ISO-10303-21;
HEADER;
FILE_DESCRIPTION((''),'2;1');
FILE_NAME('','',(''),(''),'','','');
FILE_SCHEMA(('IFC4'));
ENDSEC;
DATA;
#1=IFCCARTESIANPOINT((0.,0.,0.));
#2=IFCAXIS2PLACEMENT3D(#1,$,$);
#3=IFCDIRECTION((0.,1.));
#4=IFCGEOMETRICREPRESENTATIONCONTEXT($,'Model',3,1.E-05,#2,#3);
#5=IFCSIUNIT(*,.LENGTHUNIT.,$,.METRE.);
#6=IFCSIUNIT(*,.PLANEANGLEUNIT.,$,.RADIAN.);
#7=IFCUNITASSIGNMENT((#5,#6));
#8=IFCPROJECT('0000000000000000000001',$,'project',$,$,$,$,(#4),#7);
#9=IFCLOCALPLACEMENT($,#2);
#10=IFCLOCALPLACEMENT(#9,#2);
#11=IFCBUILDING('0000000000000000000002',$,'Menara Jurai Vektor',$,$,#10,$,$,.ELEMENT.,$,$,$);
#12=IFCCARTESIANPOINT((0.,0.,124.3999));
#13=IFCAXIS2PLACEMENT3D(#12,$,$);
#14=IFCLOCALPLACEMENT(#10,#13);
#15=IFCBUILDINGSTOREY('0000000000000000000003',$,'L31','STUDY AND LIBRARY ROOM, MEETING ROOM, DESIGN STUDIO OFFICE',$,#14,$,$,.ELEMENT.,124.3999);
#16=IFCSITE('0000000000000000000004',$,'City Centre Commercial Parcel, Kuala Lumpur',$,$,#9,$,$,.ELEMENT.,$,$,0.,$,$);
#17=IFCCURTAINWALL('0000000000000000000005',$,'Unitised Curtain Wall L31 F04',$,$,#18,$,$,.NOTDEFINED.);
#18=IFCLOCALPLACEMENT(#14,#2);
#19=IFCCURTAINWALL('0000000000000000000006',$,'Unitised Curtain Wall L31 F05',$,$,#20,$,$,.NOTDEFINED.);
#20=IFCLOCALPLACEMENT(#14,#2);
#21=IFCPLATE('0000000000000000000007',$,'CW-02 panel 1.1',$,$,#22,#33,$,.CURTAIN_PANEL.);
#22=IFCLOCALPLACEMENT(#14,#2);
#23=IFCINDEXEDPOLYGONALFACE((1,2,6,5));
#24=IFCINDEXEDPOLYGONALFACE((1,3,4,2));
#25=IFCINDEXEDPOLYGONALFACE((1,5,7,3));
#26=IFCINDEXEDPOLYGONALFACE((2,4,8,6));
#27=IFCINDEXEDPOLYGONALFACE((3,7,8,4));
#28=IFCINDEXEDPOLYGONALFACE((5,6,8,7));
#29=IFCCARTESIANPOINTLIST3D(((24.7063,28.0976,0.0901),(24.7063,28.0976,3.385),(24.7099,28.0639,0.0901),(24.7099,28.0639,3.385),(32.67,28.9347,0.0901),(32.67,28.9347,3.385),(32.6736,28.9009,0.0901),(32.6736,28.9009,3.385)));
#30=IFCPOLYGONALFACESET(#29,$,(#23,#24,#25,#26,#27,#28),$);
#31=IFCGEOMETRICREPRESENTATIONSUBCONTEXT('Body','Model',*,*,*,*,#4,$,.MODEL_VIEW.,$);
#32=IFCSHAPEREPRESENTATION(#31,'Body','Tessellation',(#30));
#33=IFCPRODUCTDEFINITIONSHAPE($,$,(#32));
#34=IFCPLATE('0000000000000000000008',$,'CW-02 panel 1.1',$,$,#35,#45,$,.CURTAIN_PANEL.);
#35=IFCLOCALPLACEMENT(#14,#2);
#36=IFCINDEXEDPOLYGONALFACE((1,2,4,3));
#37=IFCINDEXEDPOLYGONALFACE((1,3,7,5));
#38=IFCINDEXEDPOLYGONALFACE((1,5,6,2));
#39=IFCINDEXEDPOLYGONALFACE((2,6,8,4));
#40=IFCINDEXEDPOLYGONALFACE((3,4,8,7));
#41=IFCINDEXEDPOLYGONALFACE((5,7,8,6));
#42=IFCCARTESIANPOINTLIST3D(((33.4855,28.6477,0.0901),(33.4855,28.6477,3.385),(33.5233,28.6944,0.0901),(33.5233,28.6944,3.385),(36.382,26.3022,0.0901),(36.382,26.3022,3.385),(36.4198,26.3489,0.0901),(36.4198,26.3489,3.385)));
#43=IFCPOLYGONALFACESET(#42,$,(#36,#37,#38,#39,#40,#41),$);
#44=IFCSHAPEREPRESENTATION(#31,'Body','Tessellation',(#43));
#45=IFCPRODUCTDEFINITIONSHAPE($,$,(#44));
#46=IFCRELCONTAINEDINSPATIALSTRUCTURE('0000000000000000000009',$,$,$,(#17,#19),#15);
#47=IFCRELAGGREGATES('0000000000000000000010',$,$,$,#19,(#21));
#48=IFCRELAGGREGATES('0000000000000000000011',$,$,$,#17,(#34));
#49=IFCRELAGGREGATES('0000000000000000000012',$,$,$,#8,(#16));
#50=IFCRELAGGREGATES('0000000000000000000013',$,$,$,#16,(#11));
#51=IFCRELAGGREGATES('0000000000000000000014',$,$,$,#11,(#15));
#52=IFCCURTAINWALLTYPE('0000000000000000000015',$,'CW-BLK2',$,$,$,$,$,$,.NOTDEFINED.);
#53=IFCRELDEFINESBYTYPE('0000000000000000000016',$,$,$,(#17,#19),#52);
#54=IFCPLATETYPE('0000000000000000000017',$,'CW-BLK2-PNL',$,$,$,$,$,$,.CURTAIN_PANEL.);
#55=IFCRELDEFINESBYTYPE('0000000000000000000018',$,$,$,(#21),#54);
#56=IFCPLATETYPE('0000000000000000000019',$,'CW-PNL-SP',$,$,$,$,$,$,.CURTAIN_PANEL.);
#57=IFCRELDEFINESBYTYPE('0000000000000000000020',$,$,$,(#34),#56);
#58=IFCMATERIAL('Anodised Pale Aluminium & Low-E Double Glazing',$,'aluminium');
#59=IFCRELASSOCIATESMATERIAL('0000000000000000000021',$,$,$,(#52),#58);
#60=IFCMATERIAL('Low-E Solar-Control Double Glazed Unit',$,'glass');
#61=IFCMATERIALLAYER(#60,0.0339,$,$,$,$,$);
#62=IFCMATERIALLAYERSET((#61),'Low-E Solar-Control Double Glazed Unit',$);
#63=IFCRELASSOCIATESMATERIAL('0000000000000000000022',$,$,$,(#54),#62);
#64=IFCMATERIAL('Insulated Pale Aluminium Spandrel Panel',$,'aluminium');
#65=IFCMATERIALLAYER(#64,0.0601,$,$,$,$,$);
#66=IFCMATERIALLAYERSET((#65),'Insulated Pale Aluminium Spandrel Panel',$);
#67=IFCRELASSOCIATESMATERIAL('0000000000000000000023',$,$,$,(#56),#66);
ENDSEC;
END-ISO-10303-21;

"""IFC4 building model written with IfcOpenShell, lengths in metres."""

from ifc_helpers import new_model, si_unit, direction, frame, origin, origin_2d, place, context, subcontext, project, spatial, rectangle, extrude, material, layer, layer_set, type_object, element, aggregate, save


model = new_model("IFC4")

# Units and contexts
model_context = context("Model", 3, precision=1e-05, world=origin(), true_north=direction((0.0, 1.0)))
body_context = subcontext(model_context, "Body", "Model", "MODEL_VIEW")
ifc_project = project(units=[si_unit("LENGTHUNIT", "METRE"), si_unit("PLANEANGLEUNIT", "RADIAN")], contexts=[model_context])

# Site, building, storey
site_placement = place(None, origin())
site = spatial("IfcSite", under=ifc_project, at=site_placement, Name="City Centre Commercial Parcel, Kuala Lumpur", CompositionType="ELEMENT", RefElevation=0.0)
building_placement = place(site_placement, origin())
building = spatial("IfcBuilding", under=site, at=building_placement, Name="Menara Jurai Vektor", CompositionType="ELEMENT")
storey_placement = place(building_placement, frame((0.0, 0.0, 124.3999)))
storey = spatial("IfcBuildingStorey", under=building, at=storey_placement, Name="L31", Description="STUDY AND LIBRARY ROOM, MEETING ROOM, DESIGN STUDIO OFFICE", CompositionType="ELEMENT", Elevation=124.3999)

# Shared definitions
ifc_material_1 = material(Name="Anodised Pale Aluminium & Low-E Double Glazing", Category="aluminium")
curtain_wall_type = type_object("IfcCurtainWallType", Name="CW-BLK2", PredefinedType="NOTDEFINED", material=ifc_material_1)

# Curtain walls
curtain_wall_1_placement = place(storey_placement, origin())
curtain_wall_1 = element("IfcCurtainWall", 1, at=curtain_wall_1_placement, inside=storey, type_object=curtain_wall_type, Name="Unitised Curtain Wall L31 F04", PredefinedType="NOTDEFINED")
curtain_wall_2_placement = place(storey_placement, origin())
curtain_wall_2 = element("IfcCurtainWall", 2, at=curtain_wall_2_placement, inside=storey, type_object=curtain_wall_type, Name="Unitised Curtain Wall L31 F05", PredefinedType="NOTDEFINED")

# Plates
ifc_material_2 = material(Name="Low-E Solar-Control Double Glazed Unit", Category="glass")
ifc_layer_1 = layer(ifc_material_2, 0.0339)
ifc_layer_set_1 = layer_set([ifc_layer_1], Name="Low-E Solar-Control Double Glazed Unit")
plate_type_1 = type_object("IfcPlateType", Name="CW-BLK2-PNL", PredefinedType="CURTAIN_PANEL", material=ifc_layer_set_1)
plate_1_placement = place(storey_placement, frame((28.6899, 28.4993, 0.0901), z_axis=(0.0, 0.0, 1.0), x_axis=(-0.994522, -0.104529, 0.0)))
plate_1 = element("IfcPlate", 3, at=plate_1_placement, type_object=plate_type_1, Name="CW-02 panel 1.1", PredefinedType="CURTAIN_PANEL", context=body_context, shape_type="SweptSolid", body=[
    extrude(rectangle(XDim=8.0076, YDim=0.0339, at=origin_2d()), origin(), (0.0, 0.0, 1.0), 3.2949),
])
aggregate(curtain_wall_2, [plate_1])
ifc_material_3 = material(Name="Insulated Pale Aluminium Spandrel Panel", Category="aluminium")
ifc_layer_2 = layer(ifc_material_3, 0.0601)
ifc_layer_set_2 = layer_set([ifc_layer_2], Name="Insulated Pale Aluminium Spandrel Panel")
plate_type_2 = type_object("IfcPlateType", Name="CW-PNL-SP", PredefinedType="CURTAIN_PANEL", material=ifc_layer_set_2)
plate_2_placement = place(storey_placement, frame((34.9526, 27.4983, 0.0901), z_axis=(0.0, 0.0, 1.0), x_axis=(-0.777152, 0.629313, 0.0)))
plate_2 = element("IfcPlate", 4, at=plate_2_placement, type_object=plate_type_2, Name="CW-02 panel 1.1", PredefinedType="CURTAIN_PANEL", context=body_context, shape_type="SweptSolid", body=[
    extrude(rectangle(XDim=3.7271, YDim=0.0601, at=origin_2d()), origin(), (0.0, 0.0, 1.0), 3.2949),
])
aggregate(curtain_wall_1, [plate_2])

save(model, "model.ifc")
